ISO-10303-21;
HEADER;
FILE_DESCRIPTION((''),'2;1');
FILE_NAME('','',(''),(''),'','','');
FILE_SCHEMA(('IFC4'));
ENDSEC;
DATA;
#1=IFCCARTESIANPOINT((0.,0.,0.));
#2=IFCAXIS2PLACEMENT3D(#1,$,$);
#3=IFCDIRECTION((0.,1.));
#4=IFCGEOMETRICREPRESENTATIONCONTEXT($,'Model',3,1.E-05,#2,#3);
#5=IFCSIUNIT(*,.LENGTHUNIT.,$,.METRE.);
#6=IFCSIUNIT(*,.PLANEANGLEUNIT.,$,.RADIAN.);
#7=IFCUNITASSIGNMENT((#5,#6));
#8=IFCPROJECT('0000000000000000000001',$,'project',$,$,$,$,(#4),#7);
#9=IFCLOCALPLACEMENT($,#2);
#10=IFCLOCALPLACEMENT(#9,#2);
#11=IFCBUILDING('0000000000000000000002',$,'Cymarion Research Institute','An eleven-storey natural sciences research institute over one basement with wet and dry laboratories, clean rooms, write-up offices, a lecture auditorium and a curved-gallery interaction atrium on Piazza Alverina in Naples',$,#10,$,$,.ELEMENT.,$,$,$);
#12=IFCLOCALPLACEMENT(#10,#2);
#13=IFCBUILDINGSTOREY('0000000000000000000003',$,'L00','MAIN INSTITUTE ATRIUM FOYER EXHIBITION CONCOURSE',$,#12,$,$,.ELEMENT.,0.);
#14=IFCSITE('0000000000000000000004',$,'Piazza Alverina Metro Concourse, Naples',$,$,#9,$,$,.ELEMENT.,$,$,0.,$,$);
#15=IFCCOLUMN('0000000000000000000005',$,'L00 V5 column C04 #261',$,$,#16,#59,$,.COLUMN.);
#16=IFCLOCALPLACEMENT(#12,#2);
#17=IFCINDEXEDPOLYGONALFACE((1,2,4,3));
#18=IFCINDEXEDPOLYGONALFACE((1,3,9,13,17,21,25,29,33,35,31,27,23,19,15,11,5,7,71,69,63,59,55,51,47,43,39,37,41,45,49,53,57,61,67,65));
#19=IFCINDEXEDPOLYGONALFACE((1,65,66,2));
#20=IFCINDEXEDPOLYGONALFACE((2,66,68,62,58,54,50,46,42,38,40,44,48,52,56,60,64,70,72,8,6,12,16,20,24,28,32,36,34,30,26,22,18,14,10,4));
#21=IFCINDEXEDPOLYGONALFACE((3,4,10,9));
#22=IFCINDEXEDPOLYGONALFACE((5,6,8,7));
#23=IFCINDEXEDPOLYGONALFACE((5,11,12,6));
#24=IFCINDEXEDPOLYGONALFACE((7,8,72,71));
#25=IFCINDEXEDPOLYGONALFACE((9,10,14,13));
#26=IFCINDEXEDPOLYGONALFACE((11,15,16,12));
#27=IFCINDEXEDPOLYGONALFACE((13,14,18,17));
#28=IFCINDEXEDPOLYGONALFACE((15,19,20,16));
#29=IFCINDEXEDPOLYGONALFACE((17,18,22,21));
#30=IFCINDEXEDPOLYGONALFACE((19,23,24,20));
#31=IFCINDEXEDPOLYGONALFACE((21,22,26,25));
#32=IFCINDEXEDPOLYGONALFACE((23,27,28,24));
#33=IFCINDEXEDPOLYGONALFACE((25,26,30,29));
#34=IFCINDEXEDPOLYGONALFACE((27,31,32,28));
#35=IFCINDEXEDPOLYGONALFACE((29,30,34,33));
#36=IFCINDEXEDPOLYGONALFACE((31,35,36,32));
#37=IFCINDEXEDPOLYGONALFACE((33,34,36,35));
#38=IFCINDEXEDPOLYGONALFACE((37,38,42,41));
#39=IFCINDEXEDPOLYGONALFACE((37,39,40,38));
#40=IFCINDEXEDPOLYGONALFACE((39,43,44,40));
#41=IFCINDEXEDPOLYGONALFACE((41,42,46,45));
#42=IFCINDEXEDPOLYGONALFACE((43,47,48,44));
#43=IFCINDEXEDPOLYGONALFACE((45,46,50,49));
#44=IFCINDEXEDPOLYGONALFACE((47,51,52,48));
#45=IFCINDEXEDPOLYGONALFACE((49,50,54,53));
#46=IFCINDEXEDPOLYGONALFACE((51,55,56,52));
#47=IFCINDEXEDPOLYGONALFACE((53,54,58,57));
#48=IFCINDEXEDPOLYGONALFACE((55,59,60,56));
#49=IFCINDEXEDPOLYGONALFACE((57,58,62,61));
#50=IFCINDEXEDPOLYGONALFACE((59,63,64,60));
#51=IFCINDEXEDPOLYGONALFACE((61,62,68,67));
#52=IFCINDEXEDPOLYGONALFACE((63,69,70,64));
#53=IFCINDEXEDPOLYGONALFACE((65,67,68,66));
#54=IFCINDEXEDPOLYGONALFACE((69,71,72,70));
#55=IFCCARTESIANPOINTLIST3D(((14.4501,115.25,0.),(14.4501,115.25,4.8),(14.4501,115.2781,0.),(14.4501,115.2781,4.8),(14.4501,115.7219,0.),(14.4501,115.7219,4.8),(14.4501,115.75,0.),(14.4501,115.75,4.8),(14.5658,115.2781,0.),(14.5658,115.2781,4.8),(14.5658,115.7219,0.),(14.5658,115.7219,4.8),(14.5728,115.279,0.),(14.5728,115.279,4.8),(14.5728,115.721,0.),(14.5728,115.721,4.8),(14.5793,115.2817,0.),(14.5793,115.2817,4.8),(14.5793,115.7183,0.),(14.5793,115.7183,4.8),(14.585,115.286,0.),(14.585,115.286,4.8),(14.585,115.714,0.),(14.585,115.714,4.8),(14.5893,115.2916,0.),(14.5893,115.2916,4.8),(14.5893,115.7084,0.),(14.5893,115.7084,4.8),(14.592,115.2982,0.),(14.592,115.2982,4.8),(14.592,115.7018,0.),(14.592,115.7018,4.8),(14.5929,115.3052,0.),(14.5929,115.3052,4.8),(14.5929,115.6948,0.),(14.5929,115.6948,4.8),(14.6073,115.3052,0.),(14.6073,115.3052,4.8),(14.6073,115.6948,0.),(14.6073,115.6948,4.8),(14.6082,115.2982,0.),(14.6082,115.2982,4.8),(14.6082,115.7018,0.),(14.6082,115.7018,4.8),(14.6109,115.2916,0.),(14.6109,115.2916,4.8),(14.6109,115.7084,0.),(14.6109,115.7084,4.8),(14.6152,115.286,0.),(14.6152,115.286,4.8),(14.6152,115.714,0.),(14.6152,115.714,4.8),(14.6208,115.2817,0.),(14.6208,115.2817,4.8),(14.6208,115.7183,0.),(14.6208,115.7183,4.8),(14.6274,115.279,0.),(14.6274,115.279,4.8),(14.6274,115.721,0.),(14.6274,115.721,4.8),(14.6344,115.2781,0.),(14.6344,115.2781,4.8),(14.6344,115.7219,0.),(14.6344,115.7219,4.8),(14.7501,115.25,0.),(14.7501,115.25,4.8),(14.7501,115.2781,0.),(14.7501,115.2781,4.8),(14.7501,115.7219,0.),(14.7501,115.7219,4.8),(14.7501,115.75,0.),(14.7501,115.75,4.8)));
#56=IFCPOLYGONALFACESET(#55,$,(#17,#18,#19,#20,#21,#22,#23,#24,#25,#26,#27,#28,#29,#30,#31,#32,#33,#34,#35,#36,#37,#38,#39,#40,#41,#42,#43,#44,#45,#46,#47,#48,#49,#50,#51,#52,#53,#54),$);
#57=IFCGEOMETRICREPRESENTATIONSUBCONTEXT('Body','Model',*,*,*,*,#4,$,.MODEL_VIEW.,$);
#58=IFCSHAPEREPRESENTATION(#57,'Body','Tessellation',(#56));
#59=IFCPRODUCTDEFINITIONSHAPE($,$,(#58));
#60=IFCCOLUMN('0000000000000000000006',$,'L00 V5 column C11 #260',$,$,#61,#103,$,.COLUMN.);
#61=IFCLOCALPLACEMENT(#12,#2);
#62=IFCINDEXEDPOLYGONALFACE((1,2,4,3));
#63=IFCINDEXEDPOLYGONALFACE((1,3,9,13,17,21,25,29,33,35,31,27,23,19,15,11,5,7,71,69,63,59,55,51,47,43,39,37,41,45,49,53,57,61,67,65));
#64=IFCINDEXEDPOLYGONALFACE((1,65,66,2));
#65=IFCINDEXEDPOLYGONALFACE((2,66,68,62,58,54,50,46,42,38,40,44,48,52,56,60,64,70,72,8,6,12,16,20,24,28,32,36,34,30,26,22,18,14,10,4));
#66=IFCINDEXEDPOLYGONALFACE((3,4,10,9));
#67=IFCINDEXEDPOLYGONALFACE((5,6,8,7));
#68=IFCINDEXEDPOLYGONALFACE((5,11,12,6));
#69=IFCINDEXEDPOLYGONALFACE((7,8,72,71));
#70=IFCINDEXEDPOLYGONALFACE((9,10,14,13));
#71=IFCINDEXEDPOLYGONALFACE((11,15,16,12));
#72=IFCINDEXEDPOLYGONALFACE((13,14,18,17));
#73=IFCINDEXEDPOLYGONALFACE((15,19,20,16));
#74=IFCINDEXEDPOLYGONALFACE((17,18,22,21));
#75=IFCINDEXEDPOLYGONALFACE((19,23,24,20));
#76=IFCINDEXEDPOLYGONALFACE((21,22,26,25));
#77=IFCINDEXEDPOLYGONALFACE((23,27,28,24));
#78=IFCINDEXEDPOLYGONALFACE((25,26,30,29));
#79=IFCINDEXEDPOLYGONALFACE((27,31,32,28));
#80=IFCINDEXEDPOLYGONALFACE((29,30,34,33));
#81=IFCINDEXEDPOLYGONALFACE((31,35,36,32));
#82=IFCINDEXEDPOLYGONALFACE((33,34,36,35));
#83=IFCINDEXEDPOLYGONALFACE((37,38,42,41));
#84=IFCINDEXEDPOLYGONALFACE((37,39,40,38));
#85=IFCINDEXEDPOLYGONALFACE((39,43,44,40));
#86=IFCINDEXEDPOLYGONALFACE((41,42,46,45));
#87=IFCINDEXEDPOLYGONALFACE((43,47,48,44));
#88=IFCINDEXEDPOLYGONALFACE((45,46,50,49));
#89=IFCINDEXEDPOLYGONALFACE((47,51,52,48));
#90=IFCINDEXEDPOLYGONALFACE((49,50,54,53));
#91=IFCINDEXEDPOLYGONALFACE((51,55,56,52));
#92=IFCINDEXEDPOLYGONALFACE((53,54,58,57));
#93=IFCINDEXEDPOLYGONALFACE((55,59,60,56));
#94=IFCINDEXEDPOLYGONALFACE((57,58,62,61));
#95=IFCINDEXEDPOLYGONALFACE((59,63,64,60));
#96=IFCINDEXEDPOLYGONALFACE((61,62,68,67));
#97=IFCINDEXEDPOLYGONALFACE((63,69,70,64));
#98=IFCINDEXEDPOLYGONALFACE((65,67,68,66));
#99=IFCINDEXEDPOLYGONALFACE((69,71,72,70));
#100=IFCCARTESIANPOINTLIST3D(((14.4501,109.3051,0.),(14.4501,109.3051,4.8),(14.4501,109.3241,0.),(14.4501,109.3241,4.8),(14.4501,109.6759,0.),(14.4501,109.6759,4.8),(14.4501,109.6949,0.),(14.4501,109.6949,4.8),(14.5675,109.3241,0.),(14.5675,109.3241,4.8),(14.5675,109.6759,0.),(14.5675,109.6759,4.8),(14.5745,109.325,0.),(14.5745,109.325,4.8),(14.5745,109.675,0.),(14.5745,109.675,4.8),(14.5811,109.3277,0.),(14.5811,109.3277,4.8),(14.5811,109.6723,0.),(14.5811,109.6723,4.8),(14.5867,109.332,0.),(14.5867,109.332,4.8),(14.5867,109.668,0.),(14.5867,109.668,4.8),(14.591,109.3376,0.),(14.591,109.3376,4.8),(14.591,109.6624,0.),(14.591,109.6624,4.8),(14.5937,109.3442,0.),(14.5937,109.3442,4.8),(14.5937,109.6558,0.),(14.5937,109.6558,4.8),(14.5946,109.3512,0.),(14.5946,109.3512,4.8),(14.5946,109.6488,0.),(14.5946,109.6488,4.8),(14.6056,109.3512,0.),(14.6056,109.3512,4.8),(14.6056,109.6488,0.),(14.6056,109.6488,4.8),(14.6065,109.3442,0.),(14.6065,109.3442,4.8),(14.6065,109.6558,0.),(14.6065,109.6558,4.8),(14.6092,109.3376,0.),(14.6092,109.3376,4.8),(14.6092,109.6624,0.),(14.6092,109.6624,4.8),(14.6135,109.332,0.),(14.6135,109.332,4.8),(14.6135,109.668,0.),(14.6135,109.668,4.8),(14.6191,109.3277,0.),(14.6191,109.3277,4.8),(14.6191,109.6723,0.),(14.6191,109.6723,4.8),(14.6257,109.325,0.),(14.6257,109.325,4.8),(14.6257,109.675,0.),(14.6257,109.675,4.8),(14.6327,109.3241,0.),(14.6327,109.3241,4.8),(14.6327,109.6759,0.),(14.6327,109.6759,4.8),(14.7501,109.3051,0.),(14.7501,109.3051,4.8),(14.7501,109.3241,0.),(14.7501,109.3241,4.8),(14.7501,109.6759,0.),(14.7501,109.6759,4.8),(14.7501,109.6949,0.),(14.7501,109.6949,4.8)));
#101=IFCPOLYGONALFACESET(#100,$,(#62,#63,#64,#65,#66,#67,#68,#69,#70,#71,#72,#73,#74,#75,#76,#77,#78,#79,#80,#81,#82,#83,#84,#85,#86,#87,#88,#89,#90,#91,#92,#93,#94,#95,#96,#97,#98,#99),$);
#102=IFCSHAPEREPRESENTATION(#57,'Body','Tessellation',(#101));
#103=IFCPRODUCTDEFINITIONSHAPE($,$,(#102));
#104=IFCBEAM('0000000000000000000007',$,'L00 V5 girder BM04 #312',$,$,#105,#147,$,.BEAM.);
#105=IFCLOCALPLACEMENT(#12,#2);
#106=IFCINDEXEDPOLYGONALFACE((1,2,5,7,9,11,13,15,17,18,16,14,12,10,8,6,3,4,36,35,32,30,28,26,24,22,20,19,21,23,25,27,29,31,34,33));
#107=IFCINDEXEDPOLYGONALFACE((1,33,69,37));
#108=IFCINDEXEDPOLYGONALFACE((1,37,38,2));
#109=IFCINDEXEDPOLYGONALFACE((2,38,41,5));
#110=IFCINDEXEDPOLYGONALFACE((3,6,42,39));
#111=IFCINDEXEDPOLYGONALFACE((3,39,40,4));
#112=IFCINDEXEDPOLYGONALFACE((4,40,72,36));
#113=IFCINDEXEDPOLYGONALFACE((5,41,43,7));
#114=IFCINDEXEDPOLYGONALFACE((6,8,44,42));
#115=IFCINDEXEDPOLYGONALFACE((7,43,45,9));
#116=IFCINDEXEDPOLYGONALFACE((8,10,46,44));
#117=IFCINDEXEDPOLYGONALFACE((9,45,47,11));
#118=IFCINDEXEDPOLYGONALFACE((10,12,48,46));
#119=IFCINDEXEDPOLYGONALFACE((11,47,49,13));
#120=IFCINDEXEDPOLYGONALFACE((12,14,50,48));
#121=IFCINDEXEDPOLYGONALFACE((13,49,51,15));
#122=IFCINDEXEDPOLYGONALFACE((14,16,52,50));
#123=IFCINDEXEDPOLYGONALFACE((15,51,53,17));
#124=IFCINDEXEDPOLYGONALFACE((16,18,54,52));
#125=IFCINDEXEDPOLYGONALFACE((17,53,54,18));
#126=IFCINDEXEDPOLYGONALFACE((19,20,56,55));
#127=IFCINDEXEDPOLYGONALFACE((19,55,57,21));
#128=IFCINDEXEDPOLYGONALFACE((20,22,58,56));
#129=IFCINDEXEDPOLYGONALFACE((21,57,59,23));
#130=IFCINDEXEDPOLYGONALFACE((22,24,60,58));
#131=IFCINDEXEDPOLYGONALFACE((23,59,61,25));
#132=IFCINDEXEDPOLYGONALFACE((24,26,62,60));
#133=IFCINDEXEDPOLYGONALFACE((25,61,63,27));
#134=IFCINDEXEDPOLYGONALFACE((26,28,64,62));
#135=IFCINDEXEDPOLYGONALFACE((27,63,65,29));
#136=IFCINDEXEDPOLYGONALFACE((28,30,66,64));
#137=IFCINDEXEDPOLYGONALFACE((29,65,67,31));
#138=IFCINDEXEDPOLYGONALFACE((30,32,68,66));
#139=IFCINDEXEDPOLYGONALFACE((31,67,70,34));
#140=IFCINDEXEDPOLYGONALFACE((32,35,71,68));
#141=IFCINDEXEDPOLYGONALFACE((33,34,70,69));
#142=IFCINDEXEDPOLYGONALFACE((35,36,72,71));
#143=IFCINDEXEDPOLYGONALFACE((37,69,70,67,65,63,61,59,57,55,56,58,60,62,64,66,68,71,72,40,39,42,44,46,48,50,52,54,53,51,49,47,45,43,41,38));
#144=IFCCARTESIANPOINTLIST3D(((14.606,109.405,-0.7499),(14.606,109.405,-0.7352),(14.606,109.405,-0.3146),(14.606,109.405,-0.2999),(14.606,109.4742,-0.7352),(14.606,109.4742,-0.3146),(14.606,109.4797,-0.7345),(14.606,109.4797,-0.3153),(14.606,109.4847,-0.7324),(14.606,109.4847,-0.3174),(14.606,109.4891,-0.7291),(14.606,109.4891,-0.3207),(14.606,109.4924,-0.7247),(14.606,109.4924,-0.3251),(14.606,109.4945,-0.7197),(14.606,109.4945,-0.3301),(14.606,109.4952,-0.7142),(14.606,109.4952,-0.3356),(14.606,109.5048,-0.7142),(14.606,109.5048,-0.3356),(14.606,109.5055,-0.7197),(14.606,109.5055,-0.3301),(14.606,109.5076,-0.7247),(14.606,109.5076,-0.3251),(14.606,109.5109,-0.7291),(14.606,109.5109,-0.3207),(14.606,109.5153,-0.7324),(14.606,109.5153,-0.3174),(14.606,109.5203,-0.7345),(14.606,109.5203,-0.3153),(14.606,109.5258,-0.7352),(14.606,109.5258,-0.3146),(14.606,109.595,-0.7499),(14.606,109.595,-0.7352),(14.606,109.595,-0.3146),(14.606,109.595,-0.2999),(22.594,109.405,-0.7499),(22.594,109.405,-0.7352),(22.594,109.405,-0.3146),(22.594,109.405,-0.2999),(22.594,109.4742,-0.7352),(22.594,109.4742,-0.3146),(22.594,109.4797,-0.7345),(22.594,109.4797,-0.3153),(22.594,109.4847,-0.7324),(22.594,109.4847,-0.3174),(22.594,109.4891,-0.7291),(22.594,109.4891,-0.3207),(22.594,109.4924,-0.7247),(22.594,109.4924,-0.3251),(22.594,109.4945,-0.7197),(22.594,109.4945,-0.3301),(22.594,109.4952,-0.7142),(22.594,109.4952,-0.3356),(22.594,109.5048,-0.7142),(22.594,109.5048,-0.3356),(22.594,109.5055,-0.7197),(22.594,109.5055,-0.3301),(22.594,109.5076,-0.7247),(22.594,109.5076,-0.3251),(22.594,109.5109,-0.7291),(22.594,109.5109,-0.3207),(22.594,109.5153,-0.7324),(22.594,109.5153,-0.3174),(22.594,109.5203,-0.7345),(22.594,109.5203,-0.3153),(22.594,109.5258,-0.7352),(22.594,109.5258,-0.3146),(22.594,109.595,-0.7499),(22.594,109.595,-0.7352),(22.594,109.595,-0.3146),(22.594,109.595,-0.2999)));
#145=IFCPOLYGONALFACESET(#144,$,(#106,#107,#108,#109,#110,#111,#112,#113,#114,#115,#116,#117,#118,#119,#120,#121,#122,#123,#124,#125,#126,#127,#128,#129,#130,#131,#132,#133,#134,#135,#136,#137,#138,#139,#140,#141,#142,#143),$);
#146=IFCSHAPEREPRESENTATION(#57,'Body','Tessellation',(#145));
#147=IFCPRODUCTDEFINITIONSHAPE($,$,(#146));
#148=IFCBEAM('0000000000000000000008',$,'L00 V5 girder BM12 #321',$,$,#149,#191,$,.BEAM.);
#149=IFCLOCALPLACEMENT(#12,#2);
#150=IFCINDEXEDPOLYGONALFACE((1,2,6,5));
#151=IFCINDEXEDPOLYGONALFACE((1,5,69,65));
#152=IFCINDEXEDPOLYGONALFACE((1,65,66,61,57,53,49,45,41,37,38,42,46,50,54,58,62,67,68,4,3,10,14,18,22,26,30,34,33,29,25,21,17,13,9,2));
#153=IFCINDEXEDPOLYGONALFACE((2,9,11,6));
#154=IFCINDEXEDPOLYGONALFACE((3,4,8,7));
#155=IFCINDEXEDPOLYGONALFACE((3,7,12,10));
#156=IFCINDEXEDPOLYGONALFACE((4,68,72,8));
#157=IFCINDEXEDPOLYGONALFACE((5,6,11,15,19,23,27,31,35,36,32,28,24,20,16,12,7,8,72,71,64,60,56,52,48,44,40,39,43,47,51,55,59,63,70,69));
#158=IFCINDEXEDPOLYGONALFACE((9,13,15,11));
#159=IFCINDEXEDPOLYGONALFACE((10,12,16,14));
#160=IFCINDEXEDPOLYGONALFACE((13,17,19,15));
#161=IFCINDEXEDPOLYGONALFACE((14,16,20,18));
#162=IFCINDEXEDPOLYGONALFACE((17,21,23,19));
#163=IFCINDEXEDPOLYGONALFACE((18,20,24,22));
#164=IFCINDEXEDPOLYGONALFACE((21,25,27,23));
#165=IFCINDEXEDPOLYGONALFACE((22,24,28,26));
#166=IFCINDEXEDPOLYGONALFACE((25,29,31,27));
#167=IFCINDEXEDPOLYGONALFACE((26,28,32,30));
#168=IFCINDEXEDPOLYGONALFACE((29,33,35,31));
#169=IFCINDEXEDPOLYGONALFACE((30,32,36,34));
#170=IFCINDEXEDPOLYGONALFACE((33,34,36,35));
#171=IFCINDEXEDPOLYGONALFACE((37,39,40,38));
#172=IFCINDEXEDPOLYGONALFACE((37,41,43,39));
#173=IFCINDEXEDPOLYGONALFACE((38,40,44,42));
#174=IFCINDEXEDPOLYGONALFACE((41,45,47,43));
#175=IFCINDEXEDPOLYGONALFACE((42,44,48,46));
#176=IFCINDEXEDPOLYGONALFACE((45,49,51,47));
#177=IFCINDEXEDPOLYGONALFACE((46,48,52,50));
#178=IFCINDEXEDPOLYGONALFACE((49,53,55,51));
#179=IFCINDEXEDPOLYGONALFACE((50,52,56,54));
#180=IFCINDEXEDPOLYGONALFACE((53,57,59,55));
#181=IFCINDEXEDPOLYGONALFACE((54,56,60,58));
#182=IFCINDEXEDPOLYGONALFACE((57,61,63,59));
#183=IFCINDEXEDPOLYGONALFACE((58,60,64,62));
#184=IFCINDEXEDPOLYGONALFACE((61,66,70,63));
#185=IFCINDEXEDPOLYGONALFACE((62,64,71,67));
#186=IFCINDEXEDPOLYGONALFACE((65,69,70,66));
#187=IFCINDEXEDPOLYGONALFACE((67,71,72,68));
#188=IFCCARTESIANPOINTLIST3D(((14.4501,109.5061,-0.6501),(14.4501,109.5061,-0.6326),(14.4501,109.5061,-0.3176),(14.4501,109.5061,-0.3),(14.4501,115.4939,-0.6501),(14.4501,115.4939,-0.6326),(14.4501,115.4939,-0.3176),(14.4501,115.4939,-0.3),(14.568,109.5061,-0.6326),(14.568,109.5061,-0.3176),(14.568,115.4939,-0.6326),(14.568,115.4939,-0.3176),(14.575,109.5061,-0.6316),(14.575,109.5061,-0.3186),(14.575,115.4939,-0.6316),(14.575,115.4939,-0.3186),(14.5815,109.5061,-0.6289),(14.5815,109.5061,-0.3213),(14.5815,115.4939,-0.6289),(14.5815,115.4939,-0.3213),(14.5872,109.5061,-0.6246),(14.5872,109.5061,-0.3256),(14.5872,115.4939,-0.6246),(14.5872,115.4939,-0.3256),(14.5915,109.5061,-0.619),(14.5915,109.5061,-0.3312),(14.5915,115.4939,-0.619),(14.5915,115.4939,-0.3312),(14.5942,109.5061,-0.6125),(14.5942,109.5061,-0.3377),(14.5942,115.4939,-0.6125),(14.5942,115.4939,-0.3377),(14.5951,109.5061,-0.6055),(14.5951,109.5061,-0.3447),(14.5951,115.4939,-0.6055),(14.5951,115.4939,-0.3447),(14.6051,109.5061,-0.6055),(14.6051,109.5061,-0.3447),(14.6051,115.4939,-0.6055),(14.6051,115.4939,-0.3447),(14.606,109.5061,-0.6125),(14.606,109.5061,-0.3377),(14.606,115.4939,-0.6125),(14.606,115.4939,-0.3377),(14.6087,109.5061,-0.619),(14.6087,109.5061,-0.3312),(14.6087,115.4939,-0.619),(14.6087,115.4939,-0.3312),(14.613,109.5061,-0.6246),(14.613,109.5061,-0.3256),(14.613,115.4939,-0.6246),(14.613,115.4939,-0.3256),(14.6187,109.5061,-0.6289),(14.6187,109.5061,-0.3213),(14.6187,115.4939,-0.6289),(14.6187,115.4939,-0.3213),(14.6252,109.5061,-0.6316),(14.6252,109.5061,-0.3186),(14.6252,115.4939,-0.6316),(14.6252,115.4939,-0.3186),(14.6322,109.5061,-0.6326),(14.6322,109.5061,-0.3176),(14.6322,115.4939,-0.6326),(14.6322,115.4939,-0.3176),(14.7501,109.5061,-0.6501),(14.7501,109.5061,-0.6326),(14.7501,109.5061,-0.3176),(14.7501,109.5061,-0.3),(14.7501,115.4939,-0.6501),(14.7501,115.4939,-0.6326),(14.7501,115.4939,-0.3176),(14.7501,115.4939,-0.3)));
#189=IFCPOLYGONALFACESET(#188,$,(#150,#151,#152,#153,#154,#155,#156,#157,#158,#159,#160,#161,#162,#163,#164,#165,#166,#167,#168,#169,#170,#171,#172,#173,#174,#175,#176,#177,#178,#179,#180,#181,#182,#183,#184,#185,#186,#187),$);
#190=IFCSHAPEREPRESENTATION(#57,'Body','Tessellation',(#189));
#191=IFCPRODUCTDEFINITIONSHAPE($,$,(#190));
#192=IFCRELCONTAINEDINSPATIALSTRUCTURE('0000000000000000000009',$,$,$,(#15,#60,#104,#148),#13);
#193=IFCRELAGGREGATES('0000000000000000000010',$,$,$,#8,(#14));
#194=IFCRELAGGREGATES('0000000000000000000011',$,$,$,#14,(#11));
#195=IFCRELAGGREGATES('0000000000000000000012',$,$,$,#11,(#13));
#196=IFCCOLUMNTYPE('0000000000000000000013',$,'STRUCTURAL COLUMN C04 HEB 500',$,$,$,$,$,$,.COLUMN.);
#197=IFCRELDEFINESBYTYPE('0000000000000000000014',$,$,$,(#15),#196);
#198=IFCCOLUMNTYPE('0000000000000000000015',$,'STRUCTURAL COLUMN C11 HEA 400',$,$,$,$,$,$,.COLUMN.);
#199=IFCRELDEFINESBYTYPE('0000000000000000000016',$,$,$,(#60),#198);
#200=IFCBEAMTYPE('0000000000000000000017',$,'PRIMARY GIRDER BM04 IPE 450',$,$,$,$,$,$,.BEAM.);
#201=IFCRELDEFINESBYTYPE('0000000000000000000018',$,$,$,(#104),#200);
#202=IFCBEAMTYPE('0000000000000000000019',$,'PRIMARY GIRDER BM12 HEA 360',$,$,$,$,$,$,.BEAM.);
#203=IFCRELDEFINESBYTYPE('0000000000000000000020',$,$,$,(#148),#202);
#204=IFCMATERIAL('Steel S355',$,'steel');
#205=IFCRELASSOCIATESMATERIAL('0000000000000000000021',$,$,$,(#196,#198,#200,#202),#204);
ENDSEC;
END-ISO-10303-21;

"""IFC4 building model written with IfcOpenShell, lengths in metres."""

from ifc_helpers import new_model, si_unit, direction, frame, origin, origin_2d, place, context, subcontext, project, spatial, i_section, extrude, material, material_profile, profile_set, type_object, element, save


model = new_model("IFC4")

# Units and contexts
model_context = context("Model", 3, precision=1e-05, world=origin(), true_north=direction((0.0, 1.0)))
body_context = subcontext(model_context, "Body", "Model", "MODEL_VIEW")
ifc_project = project(units=[si_unit("LENGTHUNIT", "METRE"), si_unit("PLANEANGLEUNIT", "RADIAN")], contexts=[model_context])

# Site, building, storey
site_placement = place(None, origin())
site = spatial("IfcSite", under=ifc_project, at=site_placement, Name="Piazza Alverina Metro Concourse, Naples", CompositionType="ELEMENT", RefElevation=0.0)
building_placement = place(site_placement, origin())
building = spatial("IfcBuilding", under=site, at=building_placement, Name="Cymarion Research Institute", Description="An eleven-storey natural sciences research institute over one basement with wet and dry laboratories, clean rooms, write-up offices, a lecture auditorium and a curved-gallery interaction atrium on Piazza Alverina in Naples", CompositionType="ELEMENT")
storey_placement = place(building_placement, origin())
storey = spatial("IfcBuildingStorey", under=building, at=storey_placement, Name="L00", Description="MAIN INSTITUTE ATRIUM FOYER EXHIBITION CONCOURSE", CompositionType="ELEMENT", Elevation=0.0)

# Columns
ifc_material_1 = material(Name="Steel S355", Category="steel")
ifc_material_profile_1 = material_profile(ifc_material_1, i_section(OverallWidth=0.3, OverallDepth=0.5, WebThickness=0.0144, FlangeThickness=0.0281, FilletRadius=0.0271, at=origin_2d()), Name="HEB 500")
ifc_profile_set_1 = profile_set([ifc_material_profile_1], Name="Steel S355")
column_type_1 = type_object("IfcColumnType", Name="STRUCTURAL COLUMN C04 HEB 500", PredefinedType="COLUMN", material=ifc_profile_set_1)
column_1_placement = place(storey_placement, frame((14.6001, 115.5, 0.0), z_axis=(0.0, 0.0, 1.0), x_axis=(1.0, 0.0, 0.0)))
element("IfcColumn", 1, at=column_1_placement, inside=storey, type_object=column_type_1, Name="L00 V5 column C04 #261", PredefinedType="COLUMN", context=body_context, shape_type="SweptSolid", body=[
    extrude(i_section(OverallWidth=0.3, OverallDepth=0.5, WebThickness=0.0144, FlangeThickness=0.0281, FilletRadius=0.0271, at=origin_2d()), origin(), (0.0, 0.0, 1.0), 4.8),
])
ifc_material_profile_2 = material_profile(ifc_material_1, i_section(OverallWidth=0.3, OverallDepth=0.3899, WebThickness=0.011, FlangeThickness=0.019, FilletRadius=0.0271, at=origin_2d()), Name="HEA 400")
ifc_profile_set_2 = profile_set([ifc_material_profile_2], Name="Steel S355")
column_type_2 = type_object("IfcColumnType", Name="STRUCTURAL COLUMN C11 HEA 400", PredefinedType="COLUMN", material=ifc_profile_set_2)
column_2_placement = place(storey_placement, frame((14.6001, 109.5, 0.0), z_axis=(0.0, 0.0, 1.0), x_axis=(1.0, 0.0, 0.0)))
element("IfcColumn", 2, at=column_2_placement, inside=storey, type_object=column_type_2, Name="L00 V5 column C11 #260", PredefinedType="COLUMN", context=body_context, shape_type="SweptSolid", body=[
    extrude(i_section(OverallWidth=0.3, OverallDepth=0.3899, WebThickness=0.011, FlangeThickness=0.019, FilletRadius=0.0271, at=origin_2d()), origin(), (0.0, 0.0, 1.0), 4.8),
])

# Beams
ifc_material_profile_3 = material_profile(ifc_material_1, i_section(OverallWidth=0.1899, OverallDepth=0.45, WebThickness=0.0095, FlangeThickness=0.0146, FilletRadius=0.021, at=origin_2d()), Name="IPE 450")
ifc_profile_set_3 = profile_set([ifc_material_profile_3], Name="Steel S355")
beam_type_1 = type_object("IfcBeamType", Name="PRIMARY GIRDER BM04 IPE 450", PredefinedType="BEAM", material=ifc_profile_set_3)
beam_1_placement = place(storey_placement, frame((14.606, 109.5, -0.5249), z_axis=(1.0, 0.0, 0.0), x_axis=(0.0, 1.0, 0.0)))
element("IfcBeam", 3, at=beam_1_placement, inside=storey, type_object=beam_type_1, Name="L00 V5 girder BM04 #312", PredefinedType="BEAM", context=body_context, shape_type="SweptSolid", body=[
    extrude(i_section(OverallWidth=0.1899, OverallDepth=0.45, WebThickness=0.0095, FlangeThickness=0.0146, FilletRadius=0.021, at=origin_2d()), origin(), (0.0, 0.0, 1.0), 7.988),
])
ifc_material_profile_4 = material_profile(ifc_material_1, i_section(OverallWidth=0.3, OverallDepth=0.3501, WebThickness=0.01, FlangeThickness=0.0176, FilletRadius=0.0271, at=origin_2d()), Name="HEA 360")
ifc_profile_set_4 = profile_set([ifc_material_profile_4], Name="Steel S355")
beam_type_2 = type_object("IfcBeamType", Name="PRIMARY GIRDER BM12 HEA 360", PredefinedType="BEAM", material=ifc_profile_set_4)
beam_2_placement = place(storey_placement, frame((14.6001, 109.5061, -0.4751), z_axis=(0.0, 1.0, 0.0), x_axis=(-1.0, 0.0, 0.0)))
element("IfcBeam", 4, at=beam_2_placement, inside=storey, type_object=beam_type_2, Name="L00 V5 girder BM12 #321", PredefinedType="BEAM", context=body_context, shape_type="SweptSolid", body=[
    extrude(i_section(OverallWidth=0.3, OverallDepth=0.3501, WebThickness=0.01, FlangeThickness=0.0176, FilletRadius=0.0271, at=origin_2d()), origin(), (0.0, 0.0, 1.0), 5.9878),
])

save(model, "model.ifc")
